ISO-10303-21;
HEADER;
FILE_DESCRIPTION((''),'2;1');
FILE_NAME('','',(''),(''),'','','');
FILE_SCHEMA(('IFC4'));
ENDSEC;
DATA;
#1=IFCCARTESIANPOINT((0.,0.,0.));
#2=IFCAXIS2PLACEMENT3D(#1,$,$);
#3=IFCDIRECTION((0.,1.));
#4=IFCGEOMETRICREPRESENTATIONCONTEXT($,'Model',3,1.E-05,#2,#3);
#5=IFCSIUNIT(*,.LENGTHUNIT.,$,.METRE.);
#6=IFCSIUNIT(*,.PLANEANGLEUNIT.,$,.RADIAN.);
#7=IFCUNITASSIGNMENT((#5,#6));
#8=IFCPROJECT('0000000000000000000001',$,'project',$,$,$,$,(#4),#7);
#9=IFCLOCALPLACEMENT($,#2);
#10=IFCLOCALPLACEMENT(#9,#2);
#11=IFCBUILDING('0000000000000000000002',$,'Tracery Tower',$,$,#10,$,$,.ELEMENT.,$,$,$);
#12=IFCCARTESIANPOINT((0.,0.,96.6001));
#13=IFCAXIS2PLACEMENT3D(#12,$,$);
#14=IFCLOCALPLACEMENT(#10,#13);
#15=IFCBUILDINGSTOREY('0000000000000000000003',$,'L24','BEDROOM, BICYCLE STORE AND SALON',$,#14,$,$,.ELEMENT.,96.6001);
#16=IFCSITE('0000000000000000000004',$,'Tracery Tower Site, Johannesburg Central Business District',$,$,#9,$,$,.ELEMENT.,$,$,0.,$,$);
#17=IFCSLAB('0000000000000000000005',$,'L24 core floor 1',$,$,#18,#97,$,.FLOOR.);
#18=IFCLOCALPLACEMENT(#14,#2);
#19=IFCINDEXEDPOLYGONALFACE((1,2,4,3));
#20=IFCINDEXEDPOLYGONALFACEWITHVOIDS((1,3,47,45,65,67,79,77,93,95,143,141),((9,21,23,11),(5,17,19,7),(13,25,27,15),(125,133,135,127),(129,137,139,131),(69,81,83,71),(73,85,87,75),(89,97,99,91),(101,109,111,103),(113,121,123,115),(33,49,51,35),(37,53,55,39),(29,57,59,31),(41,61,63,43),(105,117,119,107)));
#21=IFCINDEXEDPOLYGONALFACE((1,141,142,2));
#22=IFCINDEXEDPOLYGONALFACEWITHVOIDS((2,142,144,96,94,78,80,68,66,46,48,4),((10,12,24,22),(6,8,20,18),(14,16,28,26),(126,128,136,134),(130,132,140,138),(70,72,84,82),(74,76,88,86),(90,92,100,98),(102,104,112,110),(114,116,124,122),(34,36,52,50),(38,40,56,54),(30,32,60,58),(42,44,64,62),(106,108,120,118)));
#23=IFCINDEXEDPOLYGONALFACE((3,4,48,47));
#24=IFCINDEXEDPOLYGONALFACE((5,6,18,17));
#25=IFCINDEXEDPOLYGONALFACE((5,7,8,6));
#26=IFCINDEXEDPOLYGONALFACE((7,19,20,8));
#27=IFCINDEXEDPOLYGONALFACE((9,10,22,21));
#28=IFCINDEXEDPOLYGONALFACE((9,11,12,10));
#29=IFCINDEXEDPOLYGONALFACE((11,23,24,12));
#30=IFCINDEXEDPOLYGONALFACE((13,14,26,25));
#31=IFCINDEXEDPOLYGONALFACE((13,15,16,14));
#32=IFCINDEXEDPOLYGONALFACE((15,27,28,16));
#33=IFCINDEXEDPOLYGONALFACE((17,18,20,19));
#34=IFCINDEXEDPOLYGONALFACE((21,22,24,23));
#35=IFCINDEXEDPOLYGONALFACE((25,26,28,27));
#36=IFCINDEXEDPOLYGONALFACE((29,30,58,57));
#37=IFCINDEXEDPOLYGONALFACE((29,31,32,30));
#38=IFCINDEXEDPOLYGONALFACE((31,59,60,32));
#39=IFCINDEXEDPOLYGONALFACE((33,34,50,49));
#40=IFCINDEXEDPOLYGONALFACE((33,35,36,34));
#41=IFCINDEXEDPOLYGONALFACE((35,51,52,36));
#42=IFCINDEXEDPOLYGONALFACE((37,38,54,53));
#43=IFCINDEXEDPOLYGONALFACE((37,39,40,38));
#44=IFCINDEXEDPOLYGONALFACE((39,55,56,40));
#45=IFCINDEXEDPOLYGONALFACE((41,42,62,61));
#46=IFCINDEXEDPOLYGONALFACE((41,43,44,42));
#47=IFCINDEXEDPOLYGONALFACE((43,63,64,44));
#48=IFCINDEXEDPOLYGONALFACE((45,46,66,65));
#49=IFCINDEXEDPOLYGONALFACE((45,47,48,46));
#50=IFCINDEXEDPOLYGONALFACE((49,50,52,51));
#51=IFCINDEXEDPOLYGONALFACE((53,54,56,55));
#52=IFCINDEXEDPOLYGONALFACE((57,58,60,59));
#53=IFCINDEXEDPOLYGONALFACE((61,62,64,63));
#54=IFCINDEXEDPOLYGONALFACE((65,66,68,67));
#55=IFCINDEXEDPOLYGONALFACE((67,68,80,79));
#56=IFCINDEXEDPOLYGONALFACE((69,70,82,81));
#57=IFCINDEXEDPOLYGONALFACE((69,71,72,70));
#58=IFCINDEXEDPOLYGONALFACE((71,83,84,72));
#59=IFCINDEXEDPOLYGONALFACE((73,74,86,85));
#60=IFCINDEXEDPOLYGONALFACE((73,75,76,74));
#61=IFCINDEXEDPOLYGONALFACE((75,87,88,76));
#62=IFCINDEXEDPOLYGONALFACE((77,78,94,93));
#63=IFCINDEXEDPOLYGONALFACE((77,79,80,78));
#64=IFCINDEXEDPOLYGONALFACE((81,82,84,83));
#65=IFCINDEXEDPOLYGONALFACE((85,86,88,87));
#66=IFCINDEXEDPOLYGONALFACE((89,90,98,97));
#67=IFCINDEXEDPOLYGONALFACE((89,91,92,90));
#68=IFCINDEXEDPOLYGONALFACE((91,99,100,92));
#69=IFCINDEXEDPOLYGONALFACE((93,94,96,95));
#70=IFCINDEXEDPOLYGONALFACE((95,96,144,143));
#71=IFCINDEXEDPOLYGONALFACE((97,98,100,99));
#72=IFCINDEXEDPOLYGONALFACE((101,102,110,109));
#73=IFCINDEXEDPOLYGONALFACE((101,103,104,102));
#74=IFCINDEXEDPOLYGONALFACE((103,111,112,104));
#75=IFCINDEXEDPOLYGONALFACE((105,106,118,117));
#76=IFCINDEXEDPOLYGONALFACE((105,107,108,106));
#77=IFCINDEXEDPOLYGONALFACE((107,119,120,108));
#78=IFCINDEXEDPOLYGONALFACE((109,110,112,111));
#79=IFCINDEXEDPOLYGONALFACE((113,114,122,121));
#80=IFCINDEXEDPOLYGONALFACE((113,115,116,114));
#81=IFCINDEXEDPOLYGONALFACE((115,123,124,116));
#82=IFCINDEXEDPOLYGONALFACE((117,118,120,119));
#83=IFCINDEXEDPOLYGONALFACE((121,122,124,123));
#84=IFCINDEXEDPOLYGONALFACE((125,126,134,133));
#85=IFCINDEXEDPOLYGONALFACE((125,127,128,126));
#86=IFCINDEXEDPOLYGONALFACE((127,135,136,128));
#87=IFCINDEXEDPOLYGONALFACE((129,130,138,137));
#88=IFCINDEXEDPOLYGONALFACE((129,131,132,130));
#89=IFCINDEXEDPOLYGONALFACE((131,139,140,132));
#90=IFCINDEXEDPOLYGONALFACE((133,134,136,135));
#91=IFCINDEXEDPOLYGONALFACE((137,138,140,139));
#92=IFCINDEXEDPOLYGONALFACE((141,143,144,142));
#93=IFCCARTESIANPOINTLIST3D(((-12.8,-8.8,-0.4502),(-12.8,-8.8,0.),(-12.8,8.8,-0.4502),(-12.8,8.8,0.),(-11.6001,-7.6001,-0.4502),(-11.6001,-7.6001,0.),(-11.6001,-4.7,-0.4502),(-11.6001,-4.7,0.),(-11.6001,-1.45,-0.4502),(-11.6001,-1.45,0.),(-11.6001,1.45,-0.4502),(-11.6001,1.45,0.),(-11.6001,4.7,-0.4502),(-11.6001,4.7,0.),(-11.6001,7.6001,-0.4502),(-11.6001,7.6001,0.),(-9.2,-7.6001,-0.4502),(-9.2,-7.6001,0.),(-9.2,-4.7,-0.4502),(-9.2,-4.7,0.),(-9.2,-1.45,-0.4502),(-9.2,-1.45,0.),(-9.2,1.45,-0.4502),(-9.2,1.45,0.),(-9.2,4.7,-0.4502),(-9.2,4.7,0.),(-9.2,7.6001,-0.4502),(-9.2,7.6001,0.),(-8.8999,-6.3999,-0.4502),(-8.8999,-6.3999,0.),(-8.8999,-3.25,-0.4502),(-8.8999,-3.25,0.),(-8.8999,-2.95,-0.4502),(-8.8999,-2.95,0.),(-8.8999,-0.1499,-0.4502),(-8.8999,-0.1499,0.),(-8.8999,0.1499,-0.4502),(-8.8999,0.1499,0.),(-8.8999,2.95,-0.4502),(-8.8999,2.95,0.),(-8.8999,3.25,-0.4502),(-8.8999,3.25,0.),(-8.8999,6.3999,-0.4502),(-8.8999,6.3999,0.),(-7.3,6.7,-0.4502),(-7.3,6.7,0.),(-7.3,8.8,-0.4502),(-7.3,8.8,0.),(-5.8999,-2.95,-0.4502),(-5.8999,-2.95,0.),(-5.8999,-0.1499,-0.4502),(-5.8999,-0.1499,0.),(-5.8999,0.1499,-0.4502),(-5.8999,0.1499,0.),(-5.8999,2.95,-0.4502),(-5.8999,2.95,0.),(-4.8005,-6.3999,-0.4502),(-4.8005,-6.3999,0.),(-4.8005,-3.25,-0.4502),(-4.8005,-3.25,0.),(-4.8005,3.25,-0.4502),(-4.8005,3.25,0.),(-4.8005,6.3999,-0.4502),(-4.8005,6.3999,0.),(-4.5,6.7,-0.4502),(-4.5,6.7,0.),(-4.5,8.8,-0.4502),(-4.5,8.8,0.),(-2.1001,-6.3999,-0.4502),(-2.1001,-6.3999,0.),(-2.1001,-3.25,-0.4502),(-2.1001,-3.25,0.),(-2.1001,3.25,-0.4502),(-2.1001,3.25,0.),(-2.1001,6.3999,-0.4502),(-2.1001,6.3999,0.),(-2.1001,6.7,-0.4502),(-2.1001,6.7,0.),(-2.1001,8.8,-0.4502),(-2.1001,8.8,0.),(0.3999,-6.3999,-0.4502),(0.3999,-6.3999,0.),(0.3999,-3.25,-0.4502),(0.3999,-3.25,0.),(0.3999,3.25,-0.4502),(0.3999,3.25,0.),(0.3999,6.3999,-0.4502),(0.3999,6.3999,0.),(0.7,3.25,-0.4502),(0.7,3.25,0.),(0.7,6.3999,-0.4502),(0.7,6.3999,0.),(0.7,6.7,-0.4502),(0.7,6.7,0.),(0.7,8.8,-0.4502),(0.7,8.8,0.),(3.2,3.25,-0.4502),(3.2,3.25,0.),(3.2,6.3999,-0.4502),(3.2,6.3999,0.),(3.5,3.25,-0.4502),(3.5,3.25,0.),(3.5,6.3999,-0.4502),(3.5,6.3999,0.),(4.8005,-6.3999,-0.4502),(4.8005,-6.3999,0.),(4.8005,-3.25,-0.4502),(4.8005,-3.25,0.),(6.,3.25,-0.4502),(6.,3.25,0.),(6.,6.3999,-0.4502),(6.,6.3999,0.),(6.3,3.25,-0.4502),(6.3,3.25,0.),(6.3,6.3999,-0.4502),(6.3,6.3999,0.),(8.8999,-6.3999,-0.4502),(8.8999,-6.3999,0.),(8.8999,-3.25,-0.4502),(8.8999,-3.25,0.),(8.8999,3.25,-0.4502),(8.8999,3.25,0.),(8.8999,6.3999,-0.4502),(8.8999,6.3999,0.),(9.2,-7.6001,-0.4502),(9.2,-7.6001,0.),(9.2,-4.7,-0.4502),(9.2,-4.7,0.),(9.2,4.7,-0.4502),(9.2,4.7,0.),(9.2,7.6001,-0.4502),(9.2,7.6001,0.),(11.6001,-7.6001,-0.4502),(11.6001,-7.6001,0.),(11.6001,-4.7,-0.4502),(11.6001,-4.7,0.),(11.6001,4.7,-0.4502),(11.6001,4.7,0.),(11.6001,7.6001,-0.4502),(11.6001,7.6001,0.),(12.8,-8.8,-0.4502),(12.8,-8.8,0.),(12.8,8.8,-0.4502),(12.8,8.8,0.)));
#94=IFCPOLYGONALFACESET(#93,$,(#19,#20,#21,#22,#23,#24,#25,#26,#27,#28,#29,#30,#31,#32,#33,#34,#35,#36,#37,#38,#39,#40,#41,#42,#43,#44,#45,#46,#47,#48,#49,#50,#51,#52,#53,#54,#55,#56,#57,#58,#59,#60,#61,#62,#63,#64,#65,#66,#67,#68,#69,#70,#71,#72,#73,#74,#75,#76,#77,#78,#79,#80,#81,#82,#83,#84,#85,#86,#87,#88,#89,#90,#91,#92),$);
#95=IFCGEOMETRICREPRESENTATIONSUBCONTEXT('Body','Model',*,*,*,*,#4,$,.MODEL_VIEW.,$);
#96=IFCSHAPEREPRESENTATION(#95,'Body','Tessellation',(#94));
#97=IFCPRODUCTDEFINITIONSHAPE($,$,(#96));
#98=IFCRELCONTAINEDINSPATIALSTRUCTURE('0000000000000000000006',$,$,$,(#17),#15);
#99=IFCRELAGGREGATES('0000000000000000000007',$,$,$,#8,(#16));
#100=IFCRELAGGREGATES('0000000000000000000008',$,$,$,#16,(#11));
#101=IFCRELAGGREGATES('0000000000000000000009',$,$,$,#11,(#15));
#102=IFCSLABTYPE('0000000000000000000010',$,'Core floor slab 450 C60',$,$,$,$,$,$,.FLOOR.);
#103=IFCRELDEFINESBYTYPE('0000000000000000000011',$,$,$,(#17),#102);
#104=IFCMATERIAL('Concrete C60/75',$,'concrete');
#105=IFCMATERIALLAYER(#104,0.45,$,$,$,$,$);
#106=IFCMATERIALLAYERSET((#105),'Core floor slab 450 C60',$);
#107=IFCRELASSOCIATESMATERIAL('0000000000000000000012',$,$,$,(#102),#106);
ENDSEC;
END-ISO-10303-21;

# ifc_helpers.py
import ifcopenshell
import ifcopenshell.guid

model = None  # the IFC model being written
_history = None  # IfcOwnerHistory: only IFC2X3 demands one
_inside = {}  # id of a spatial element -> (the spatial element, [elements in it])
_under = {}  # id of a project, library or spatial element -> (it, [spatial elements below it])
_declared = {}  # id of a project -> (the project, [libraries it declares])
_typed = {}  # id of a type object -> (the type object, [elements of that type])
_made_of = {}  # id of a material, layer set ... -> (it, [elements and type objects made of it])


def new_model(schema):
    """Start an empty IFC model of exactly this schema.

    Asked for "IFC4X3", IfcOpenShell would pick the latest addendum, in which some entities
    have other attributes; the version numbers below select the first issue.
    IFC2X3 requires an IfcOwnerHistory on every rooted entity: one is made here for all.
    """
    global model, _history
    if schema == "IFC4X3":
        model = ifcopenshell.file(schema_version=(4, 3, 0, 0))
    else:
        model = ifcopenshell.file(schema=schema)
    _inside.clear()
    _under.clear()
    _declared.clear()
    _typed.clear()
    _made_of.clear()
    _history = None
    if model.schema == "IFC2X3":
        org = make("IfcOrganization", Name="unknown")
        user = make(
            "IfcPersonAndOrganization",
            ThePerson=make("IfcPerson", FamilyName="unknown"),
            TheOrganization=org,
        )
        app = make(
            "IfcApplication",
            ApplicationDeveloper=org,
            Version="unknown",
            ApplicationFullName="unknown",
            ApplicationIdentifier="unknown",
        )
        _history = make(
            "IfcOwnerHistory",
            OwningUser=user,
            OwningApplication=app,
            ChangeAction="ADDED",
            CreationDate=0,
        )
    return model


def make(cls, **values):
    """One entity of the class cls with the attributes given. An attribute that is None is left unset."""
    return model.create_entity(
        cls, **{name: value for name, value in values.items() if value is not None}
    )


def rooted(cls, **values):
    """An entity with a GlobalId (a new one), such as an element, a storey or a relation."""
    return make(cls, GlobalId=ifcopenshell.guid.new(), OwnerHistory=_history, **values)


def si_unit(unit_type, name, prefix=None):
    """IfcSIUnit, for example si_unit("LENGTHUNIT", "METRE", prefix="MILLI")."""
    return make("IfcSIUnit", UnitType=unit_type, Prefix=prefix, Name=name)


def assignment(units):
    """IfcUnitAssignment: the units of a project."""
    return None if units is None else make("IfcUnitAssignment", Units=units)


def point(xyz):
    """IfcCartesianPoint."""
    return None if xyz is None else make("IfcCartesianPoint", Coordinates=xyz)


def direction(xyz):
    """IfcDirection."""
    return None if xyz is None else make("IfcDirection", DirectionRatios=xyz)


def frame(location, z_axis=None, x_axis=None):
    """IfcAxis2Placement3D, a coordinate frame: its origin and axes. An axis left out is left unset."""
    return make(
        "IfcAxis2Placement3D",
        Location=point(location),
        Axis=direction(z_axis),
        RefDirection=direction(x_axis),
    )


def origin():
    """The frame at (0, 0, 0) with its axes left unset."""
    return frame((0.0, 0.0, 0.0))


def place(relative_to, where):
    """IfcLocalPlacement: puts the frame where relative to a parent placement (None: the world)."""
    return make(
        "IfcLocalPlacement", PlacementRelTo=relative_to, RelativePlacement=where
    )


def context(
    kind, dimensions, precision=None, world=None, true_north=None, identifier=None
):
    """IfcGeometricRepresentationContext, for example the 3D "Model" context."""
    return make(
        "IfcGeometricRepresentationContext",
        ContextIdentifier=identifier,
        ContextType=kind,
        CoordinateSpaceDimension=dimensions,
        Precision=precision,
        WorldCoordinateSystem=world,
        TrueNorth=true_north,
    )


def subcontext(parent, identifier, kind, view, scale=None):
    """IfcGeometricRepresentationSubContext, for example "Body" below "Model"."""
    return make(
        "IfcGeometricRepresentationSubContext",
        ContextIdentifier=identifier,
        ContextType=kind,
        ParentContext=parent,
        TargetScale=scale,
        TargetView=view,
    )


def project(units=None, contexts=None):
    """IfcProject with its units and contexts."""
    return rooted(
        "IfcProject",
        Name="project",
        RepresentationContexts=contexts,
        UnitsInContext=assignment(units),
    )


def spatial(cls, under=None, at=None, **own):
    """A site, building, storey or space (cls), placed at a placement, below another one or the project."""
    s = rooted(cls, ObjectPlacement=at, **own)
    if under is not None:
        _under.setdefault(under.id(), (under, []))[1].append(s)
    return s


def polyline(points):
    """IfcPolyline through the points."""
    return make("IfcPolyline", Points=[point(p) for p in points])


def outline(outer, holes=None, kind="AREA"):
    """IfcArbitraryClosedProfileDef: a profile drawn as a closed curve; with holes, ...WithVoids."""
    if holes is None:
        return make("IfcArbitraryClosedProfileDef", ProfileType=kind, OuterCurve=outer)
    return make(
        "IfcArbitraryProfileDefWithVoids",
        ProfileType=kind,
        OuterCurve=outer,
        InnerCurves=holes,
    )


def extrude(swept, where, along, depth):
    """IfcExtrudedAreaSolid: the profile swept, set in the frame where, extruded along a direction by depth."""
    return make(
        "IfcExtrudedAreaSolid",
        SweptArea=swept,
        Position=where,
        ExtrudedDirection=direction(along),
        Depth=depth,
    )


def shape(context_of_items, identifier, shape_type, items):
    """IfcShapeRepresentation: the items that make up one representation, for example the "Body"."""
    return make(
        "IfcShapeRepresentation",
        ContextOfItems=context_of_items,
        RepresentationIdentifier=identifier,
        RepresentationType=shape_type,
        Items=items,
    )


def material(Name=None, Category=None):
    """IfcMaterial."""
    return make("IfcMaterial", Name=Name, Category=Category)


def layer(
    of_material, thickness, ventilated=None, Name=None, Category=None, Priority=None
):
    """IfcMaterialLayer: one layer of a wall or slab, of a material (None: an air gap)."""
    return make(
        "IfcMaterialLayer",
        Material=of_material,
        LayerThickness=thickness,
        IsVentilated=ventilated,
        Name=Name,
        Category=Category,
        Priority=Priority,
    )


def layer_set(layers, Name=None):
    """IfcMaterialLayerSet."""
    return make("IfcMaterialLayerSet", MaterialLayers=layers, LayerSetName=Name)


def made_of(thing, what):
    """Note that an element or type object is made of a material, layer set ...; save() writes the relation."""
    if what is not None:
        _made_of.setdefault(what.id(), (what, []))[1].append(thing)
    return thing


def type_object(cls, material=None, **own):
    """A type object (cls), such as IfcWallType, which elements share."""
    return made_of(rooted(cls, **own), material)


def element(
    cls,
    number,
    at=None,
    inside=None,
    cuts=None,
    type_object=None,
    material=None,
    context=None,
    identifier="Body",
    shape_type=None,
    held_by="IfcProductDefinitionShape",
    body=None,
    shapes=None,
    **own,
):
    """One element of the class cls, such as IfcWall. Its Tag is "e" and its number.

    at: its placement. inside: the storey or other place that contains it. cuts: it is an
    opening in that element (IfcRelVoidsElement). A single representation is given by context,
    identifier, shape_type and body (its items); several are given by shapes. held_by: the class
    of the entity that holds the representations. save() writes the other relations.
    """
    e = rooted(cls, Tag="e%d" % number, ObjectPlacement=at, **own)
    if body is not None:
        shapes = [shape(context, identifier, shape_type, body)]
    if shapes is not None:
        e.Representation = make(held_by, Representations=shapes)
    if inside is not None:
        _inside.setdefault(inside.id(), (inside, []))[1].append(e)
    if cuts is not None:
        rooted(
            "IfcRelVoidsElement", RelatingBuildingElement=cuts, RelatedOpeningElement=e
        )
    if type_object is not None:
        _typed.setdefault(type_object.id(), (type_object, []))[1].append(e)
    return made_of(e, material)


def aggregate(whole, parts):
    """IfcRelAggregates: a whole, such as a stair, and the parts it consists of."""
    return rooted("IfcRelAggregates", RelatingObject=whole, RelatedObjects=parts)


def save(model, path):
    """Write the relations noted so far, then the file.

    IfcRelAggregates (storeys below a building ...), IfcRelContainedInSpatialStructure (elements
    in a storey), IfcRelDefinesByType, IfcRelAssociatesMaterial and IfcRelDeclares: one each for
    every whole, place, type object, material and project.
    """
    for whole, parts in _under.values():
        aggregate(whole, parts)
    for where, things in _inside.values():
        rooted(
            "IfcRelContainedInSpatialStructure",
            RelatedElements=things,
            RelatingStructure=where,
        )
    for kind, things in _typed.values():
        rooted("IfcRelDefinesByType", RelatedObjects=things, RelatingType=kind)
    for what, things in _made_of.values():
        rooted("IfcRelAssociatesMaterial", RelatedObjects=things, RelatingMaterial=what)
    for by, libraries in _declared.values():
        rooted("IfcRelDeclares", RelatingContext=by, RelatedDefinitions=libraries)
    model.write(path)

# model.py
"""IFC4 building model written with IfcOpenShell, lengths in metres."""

from ifc_helpers import new_model, si_unit, direction, frame, origin, place, context, subcontext, project, spatial, polyline, outline, extrude, material, layer, layer_set, type_object, element, save


model = new_model("IFC4")

# Units and contexts
model_context = context("Model", 3, precision=1e-05, world=origin(), true_north=direction((0.0, 1.0)))
body_context = subcontext(model_context, "Body", "Model", "MODEL_VIEW")
ifc_project = project(units=[si_unit("LENGTHUNIT", "METRE"), si_unit("PLANEANGLEUNIT", "RADIAN")], contexts=[model_context])

# Site, building, storey
site_placement = place(None, origin())
site = spatial("IfcSite", under=ifc_project, at=site_placement, Name="Tracery Tower Site, Johannesburg Central Business District", CompositionType="ELEMENT", RefElevation=0.0)
building_placement = place(site_placement, origin())
building = spatial("IfcBuilding", under=site, at=building_placement, Name="Tracery Tower", CompositionType="ELEMENT")
storey_placement = place(building_placement, frame((0.0, 0.0, 96.6001)))
storey = spatial("IfcBuildingStorey", under=building, at=storey_placement, Name="L24", Description="BEDROOM, BICYCLE STORE AND SALON", CompositionType="ELEMENT", Elevation=96.6001)

# Slab
ifc_material_1 = material(Name="Concrete C60/75", Category="concrete")
ifc_layer_1 = layer(ifc_material_1, 0.45)
ifc_layer_set_1 = layer_set([ifc_layer_1], Name="Core floor slab 450 C60")
slab_type_1 = type_object("IfcSlabType", Name="Core floor slab 450 C60", PredefinedType="FLOOR", material=ifc_layer_set_1)
slab_1_placement = place(storey_placement, frame((0.0, 0.0, -0.4502)))
element("IfcSlab", 1, at=slab_1_placement, inside=storey, type_object=slab_type_1, Name="L24 core floor 1", PredefinedType="FLOOR", context=body_context, shape_type="SweptSolid", body=[
    extrude(outline(polyline([(-12.8, 8.8), (-7.3, 8.8), (-7.3, 6.7), (-4.5, 6.7), (-4.5, 8.8), (-2.1001, 8.8), (-2.1001, 6.7), (0.7, 6.7), (0.7, 8.8), (12.8, 8.8), (12.8, -8.8), (-12.8, -8.8), (-12.8, 8.8)]), holes=[polyline([(11.6001, -7.6001), (11.6001, -4.7), (9.2, -4.7), (9.2, -7.6001), (11.6001, -7.6001)]), polyline([(11.6001, 4.7), (11.6001, 7.6001), (9.2, 7.6001), (9.2, 4.7), (11.6001, 4.7)]), polyline([(4.8005, -3.25), (4.8005, -6.3999), (8.8999, -6.3999), (8.8999, -3.25), (4.8005, -3.25)]), polyline([(6.3, 3.25), (8.8999, 3.25), (8.8999, 6.3999), (6.3, 6.3999), (6.3, 3.25)]), polyline([(3.5, 3.25), (6.0, 3.25), (6.0, 6.3999), (3.5, 6.3999), (3.5, 3.25)]), polyline([(3.2, 3.25), (3.2, 6.3999), (0.7, 6.3999), (0.7, 3.25), (3.2, 3.25)]), polyline([(-2.1001, 3.25), (0.3999, 3.25), (0.3999, 6.3999), (-2.1001, 6.3999), (-2.1001, 3.25)]), polyline([(0.3999, -6.3999), (0.3999, -3.25), (-2.1001, -3.25), (-2.1001, -6.3999), (0.3999, -6.3999)]), polyline([(-4.8005, -3.25), (-8.8999, -3.25), (-8.8999, -6.3999), (-4.8005, -6.3999), (-4.8005, -3.25)]), polyline([(-4.8005, 6.3999), (-8.8999, 6.3999), (-8.8999, 3.25), (-4.8005, 3.25), (-4.8005, 6.3999)]), polyline([(-8.8999, -2.95), (-5.8999, -2.95), (-5.8999, -0.1499), (-8.8999, -0.1499), (-8.8999, -2.95)]), polyline([(-5.8999, 0.1499), (-5.8999, 2.95), (-8.8999, 2.95), (-8.8999, 0.1499), (-5.8999, 0.1499)]), polyline([(-11.6001, 4.7), (-9.2, 4.7), (-9.2, 7.6001), (-11.6001, 7.6001), (-11.6001, 4.7)]), polyline([(-9.2, -7.6001), (-9.2, -4.7), (-11.6001, -4.7), (-11.6001, -7.6001), (-9.2, -7.6001)]), polyline([(-9.2, -1.45), (-9.2, 1.45), (-11.6001, 1.45), (-11.6001, -1.45), (-9.2, -1.45)])]), origin(), (0.0, 0.0, 1.0), 0.4502),
])

save(model, "model.ifc")
